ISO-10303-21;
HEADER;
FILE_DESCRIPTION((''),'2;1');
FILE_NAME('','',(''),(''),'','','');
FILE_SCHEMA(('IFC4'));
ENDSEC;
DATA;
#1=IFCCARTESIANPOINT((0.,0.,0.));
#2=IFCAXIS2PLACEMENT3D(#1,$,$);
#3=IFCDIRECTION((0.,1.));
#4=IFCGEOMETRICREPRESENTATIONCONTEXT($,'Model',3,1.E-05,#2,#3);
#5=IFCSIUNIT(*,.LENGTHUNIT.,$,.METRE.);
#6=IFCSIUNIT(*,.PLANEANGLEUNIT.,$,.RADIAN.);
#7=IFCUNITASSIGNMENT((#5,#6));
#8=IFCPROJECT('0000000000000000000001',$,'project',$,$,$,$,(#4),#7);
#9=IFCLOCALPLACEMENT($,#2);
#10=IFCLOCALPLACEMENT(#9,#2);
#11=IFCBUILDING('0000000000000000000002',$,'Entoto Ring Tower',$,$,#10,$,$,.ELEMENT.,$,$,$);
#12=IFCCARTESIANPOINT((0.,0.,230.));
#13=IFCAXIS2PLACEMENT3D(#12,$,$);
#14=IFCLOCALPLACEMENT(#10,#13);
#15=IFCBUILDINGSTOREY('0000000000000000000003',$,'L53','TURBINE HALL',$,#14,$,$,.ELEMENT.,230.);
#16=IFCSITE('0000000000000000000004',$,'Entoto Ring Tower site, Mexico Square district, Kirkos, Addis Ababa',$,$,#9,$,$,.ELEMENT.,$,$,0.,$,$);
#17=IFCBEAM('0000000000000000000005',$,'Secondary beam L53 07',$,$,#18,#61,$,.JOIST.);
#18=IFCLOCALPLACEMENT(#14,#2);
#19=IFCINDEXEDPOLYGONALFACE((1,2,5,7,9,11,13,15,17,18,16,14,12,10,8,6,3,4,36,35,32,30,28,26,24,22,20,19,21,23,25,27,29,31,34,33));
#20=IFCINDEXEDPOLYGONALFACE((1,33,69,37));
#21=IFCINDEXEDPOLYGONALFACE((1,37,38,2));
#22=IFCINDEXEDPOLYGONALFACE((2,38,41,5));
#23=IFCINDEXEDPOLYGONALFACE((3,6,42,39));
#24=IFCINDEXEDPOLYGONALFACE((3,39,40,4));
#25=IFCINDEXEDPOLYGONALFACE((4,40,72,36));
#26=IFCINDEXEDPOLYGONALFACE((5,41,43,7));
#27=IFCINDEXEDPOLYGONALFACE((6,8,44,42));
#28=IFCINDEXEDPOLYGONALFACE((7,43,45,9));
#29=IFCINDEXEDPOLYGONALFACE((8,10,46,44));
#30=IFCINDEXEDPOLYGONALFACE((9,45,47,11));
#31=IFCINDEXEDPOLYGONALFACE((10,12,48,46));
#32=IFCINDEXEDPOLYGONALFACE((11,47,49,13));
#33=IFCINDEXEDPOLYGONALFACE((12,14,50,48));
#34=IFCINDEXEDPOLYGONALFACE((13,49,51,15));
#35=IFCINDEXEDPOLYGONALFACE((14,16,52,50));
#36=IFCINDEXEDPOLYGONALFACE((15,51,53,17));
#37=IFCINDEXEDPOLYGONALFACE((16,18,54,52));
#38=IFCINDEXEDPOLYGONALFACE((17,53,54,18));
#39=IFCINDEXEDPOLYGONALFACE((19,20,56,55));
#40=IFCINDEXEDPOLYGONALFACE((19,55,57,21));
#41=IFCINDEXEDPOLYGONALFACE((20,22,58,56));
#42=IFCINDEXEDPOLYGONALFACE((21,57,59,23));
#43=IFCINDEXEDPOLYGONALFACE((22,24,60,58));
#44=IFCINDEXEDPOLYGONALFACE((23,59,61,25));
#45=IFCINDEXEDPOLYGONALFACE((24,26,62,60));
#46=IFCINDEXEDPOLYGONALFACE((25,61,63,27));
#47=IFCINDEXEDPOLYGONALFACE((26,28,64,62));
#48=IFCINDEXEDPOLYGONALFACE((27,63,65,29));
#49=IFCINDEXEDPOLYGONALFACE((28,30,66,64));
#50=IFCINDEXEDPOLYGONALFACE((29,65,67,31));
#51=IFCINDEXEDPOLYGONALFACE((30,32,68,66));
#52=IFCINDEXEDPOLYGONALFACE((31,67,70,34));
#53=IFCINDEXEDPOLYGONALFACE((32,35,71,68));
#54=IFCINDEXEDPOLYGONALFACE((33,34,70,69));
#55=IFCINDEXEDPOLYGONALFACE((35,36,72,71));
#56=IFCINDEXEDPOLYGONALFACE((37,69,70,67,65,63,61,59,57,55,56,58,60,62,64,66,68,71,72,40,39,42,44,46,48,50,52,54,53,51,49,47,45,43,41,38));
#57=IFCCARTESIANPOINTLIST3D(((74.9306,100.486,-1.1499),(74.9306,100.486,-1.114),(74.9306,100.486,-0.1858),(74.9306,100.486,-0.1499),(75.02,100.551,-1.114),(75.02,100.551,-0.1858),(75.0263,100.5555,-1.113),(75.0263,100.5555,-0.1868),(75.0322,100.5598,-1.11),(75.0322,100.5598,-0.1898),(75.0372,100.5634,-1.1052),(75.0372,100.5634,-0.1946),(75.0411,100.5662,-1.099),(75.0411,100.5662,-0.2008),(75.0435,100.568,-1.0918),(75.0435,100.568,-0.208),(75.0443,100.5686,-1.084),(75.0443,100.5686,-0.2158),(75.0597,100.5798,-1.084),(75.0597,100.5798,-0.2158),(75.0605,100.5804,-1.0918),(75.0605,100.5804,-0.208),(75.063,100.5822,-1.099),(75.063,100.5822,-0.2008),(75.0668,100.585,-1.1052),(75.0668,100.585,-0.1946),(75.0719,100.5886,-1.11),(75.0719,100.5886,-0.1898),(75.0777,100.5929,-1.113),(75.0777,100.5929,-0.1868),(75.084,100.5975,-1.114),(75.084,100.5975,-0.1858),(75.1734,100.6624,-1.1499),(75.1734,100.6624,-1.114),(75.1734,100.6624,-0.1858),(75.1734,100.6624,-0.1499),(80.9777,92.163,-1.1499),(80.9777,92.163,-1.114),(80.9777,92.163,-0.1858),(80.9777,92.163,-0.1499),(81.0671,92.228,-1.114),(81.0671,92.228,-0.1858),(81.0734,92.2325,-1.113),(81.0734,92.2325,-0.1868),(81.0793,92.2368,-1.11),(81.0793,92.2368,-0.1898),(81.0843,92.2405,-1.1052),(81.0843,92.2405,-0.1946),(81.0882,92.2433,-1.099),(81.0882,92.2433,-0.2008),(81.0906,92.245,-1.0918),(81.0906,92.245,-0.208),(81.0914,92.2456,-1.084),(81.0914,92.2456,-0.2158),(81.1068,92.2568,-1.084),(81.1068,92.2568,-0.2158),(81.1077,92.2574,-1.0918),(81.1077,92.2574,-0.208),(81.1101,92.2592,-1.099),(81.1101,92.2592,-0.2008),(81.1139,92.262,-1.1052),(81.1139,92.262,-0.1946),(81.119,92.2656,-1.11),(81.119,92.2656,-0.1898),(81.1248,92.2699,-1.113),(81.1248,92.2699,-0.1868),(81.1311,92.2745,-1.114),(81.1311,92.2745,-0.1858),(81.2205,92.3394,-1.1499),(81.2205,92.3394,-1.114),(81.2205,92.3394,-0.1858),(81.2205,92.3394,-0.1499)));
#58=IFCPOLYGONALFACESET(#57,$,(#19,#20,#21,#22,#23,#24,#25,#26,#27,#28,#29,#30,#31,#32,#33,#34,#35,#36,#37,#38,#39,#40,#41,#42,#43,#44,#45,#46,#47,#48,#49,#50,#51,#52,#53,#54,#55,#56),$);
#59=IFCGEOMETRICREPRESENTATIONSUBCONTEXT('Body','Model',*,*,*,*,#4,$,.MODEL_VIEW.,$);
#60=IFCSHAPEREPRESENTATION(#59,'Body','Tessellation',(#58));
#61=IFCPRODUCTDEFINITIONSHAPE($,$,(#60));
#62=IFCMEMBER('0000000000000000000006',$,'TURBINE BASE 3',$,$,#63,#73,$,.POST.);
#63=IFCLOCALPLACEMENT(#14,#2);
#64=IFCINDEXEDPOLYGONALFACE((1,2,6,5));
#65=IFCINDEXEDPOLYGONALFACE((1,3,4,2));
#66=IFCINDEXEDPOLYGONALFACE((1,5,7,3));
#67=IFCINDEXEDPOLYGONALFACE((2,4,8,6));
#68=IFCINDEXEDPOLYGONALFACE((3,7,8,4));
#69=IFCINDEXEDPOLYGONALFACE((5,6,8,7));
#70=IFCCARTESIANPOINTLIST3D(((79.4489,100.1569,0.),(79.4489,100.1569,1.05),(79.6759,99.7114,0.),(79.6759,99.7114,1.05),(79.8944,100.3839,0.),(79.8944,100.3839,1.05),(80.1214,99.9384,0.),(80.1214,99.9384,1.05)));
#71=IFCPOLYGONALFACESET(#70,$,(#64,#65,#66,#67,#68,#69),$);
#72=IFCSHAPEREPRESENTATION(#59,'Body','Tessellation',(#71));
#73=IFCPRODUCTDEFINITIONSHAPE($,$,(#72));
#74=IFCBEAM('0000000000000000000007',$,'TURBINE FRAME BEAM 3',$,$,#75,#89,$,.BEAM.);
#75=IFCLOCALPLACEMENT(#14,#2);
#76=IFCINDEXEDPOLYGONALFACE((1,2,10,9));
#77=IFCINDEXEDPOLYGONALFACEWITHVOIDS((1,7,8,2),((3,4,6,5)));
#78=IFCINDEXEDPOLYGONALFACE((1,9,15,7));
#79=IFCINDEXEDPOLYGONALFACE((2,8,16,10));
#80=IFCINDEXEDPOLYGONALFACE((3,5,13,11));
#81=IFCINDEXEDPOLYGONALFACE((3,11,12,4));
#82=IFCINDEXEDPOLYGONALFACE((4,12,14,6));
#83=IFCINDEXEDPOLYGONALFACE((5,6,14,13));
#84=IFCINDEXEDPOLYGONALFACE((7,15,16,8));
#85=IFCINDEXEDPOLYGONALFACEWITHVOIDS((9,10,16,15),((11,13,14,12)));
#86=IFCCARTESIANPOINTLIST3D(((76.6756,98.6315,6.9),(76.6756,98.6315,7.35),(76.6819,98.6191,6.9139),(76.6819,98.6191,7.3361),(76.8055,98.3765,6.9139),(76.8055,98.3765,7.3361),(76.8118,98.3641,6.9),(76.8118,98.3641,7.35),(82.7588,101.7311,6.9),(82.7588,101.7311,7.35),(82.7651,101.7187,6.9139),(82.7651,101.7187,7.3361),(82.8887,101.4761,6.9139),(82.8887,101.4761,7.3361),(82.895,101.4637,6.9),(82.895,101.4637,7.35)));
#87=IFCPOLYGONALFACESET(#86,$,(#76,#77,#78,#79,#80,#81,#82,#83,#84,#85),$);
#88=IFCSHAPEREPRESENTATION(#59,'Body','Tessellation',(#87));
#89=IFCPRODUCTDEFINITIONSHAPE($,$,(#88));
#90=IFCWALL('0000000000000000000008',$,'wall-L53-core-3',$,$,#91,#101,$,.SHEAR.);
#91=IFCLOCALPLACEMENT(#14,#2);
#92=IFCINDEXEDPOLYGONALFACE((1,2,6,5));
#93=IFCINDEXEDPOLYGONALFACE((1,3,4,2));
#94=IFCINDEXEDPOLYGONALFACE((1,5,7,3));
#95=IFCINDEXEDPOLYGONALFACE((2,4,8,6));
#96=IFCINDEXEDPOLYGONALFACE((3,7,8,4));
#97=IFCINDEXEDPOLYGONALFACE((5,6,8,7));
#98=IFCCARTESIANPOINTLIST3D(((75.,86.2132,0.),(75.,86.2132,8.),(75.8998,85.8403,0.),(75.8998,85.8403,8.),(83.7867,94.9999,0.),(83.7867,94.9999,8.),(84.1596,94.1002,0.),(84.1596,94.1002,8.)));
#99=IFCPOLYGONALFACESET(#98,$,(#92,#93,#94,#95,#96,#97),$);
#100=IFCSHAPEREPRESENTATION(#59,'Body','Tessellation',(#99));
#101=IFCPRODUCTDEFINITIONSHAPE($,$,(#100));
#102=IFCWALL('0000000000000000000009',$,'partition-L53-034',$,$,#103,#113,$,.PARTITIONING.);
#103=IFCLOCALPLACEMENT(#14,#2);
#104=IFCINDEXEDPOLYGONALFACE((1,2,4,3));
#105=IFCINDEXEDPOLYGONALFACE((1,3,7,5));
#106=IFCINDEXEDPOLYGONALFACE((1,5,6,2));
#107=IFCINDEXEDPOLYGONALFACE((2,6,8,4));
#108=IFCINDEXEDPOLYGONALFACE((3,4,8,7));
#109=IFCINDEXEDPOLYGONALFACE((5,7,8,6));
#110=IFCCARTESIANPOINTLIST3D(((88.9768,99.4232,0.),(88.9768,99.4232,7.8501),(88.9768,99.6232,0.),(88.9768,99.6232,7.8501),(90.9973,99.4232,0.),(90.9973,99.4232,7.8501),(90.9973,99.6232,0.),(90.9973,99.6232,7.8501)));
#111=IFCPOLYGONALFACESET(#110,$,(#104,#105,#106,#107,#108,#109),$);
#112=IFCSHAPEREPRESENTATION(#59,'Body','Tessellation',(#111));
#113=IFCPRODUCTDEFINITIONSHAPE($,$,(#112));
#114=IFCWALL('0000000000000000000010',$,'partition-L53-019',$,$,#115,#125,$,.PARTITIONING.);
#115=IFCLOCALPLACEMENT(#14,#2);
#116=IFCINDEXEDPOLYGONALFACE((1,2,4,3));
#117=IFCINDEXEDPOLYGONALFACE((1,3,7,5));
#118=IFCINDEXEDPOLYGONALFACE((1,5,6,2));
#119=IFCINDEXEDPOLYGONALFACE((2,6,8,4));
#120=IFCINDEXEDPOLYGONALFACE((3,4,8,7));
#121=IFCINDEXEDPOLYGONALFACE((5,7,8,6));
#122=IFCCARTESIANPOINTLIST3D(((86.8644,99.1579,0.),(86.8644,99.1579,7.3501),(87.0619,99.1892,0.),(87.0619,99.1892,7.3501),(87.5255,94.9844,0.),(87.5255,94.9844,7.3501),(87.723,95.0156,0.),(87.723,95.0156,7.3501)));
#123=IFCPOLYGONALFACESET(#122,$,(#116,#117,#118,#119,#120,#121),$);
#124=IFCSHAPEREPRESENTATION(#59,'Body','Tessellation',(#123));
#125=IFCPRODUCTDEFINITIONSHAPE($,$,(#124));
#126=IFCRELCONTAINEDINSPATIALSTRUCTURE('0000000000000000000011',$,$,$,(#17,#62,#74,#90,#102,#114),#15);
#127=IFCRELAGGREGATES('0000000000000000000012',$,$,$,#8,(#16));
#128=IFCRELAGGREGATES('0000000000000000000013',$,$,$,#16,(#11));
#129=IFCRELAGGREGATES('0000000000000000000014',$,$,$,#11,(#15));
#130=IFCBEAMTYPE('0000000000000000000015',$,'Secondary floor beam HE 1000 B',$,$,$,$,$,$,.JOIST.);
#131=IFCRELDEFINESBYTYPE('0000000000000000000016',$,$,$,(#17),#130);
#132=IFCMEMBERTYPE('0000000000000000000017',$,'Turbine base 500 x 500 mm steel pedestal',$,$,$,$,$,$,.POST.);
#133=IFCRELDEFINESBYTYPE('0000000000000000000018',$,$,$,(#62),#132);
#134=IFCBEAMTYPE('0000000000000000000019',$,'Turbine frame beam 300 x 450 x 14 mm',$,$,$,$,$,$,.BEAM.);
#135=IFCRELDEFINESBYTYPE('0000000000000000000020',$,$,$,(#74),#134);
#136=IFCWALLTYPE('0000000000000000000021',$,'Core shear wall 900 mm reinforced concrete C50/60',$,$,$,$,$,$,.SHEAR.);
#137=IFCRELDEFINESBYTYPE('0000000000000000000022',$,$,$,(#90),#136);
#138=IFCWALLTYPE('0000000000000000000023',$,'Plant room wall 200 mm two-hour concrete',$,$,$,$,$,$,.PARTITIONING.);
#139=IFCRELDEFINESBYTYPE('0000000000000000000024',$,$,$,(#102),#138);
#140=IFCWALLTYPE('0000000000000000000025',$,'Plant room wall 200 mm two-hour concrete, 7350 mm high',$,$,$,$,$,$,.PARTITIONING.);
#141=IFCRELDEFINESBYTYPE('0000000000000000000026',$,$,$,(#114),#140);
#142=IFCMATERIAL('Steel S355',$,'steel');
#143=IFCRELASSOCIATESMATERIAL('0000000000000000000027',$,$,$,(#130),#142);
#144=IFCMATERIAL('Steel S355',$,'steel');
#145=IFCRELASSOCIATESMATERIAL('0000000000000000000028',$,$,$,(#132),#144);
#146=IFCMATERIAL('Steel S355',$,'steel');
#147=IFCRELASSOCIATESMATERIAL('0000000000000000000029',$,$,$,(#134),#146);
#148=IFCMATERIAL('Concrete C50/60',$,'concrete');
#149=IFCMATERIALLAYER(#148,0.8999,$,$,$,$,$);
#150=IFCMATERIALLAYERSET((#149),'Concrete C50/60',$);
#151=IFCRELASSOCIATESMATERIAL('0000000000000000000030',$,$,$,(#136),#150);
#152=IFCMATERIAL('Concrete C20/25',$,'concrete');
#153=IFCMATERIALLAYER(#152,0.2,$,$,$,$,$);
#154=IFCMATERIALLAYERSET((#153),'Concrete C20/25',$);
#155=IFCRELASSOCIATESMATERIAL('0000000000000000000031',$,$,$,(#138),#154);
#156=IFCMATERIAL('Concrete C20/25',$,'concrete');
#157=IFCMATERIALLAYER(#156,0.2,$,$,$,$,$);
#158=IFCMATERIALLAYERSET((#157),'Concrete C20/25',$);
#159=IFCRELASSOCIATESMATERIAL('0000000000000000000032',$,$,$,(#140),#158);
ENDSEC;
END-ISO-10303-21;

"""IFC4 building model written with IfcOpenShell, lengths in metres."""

from ifc_helpers import new_model, si_unit, direction, frame, frame_2d, origin, origin_2d, place, context, subcontext, project, spatial, polyline, rectangle, hollow_rectangle, i_section, outline, extrude, material, layer, layer_set, material_profile, profile_set, type_object, element, save


model = new_model("IFC4")

# Units and contexts
model_context = context("Model", 3, precision=1e-05, world=origin(), true_north=direction((0.0, 1.0)))
body_context = subcontext(model_context, "Body", "Model", "MODEL_VIEW")
ifc_project = project(units=[si_unit("LENGTHUNIT", "METRE"), si_unit("PLANEANGLEUNIT", "RADIAN")], contexts=[model_context])

# Site, building, storey
site_placement = place(None, origin())
site = spatial("IfcSite", under=ifc_project, at=site_placement, Name="Entoto Ring Tower site, Mexico Square district, Kirkos, Addis Ababa", CompositionType="ELEMENT", RefElevation=0.0)
building_placement = place(site_placement, origin())
building = spatial("IfcBuilding", under=site, at=building_placement, Name="Entoto Ring Tower", CompositionType="ELEMENT")
storey_placement = place(building_placement, frame((0.0, 0.0, 230.0)))
storey = spatial("IfcBuildingStorey", under=building, at=storey_placement, Name="L53", Description="TURBINE HALL", CompositionType="ELEMENT", Elevation=230.0)

# Beam
ifc_material_1 = material(Name="Steel S355", Category="steel")
ifc_material_profile_1 = material_profile(ifc_material_1, i_section(OverallWidth=0.3, OverallDepth=1.0, WebThickness=0.019, FlangeThickness=0.0359, FilletRadius=0.03, at=origin_2d()), Name="HE 1000 B")
ifc_profile_set_1 = profile_set([ifc_material_profile_1], Name="Steel S355")
beam_type_1 = type_object("IfcBeamType", Name="Secondary floor beam HE 1000 B", PredefinedType="JOIST", material=ifc_profile_set_1)
beam_1_placement = place(storey_placement, frame((81.0991, 92.2512, -0.6499), z_axis=(-0.587792, 0.809012, 0.0), x_axis=(-0.809012, -0.587792, 0.0)))
element("IfcBeam", 1, at=beam_1_placement, inside=storey, type_object=beam_type_1, Name="Secondary beam L53 07", PredefinedType="JOIST", context=body_context, shape_type="SweptSolid", body=[
    extrude(i_section(OverallWidth=0.3, OverallDepth=1.0, WebThickness=0.019, FlangeThickness=0.0359, FilletRadius=0.03, at=origin_2d()), origin(), (0.0, 0.0, 1.0), 10.2878),
])

# Member
ifc_material_2 = material(Name="Steel S355", Category="steel")
ifc_material_profile_2 = material_profile(ifc_material_2, rectangle(XDim=0.5, YDim=0.5, at=origin_2d()), Name="Turbine base 500 x 500 mm steel pedestal")
ifc_profile_set_2 = profile_set([ifc_material_profile_2], Name="Steel S355")
member_type_1 = type_object("IfcMemberType", Name="Turbine base 500 x 500 mm steel pedestal", PredefinedType="POST", material=ifc_profile_set_2)
member_1_placement = place(storey_placement, frame((79.7852, 100.0476, 0.0), z_axis=(0.0, 0.0, 1.0), x_axis=(-0.891007, -0.45399, 0.0)))
element("IfcMember", 2, at=member_1_placement, inside=storey, type_object=member_type_1, Name="TURBINE BASE 3", PredefinedType="POST", context=body_context, shape_type="SweptSolid", body=[
    extrude(rectangle(XDim=0.5, YDim=0.5, at=origin_2d()), origin(), (0.0, 0.0, 1.0), 1.05),
])

# Beam
ifc_material_3 = material(Name="Steel S355", Category="steel")
ifc_material_profile_3 = material_profile(ifc_material_3, hollow_rectangle(XDim=0.3, YDim=0.45, WallThickness=0.0139, at=origin_2d()), Name="Turbine frame beam 300 x 450 x 14 mm")
ifc_profile_set_3 = profile_set([ifc_material_profile_3], Name="Steel S355")
beam_type_2 = type_object("IfcBeamType", Name="Turbine frame beam 300 x 450 x 14 mm", PredefinedType="BEAM", material=ifc_profile_set_3)
beam_2_placement = place(storey_placement, frame((82.8269, 101.5974, 7.125), z_axis=(-0.891004, -0.453995, 0.0), x_axis=(0.453995, -0.891004, 0.0)))
element("IfcBeam", 3, at=beam_2_placement, inside=storey, type_object=beam_type_2, Name="TURBINE FRAME BEAM 3", PredefinedType="BEAM", context=body_context, shape_type="SweptSolid", body=[
    extrude(hollow_rectangle(XDim=0.3, YDim=0.45, WallThickness=0.0139, at=origin_2d()), origin(), (0.0, 0.0, 1.0), 6.8274),
])

# Walls
ifc_material_4 = material(Name="Concrete C50/60", Category="concrete")
ifc_layer_1 = layer(ifc_material_4, 0.8999)
ifc_layer_set_1 = layer_set([ifc_layer_1], Name="Concrete C50/60")
wall_type_1 = type_object("IfcWallType", Name="Core shear wall 900 mm reinforced concrete C50/60", PredefinedType="SHEAR", material=ifc_layer_set_1)
wall_1_placement = place(storey_placement, frame((83.9731, 94.55, 0.0), z_axis=(0.0, 0.0, 1.0), x_axis=(-0.707107, -0.707107, 0.0)))
element("IfcWall", 4, at=wall_1_placement, inside=storey, type_object=wall_type_1, Name="wall-L53-core-3", PredefinedType="SHEAR", context=body_context, shape_type="SweptSolid", body=[
    extrude(outline(polyline([(-0.1863, -0.45), (12.24, -0.45), (11.8674, 0.45), (0.1863, 0.45), (-0.1863, -0.45)])), origin(), (0.0, 0.0, 1.0), 8.0),
])
ifc_material_5 = material(Name="Concrete C20/25", Category="concrete")
ifc_layer_2 = layer(ifc_material_5, 0.2)
ifc_layer_set_2 = layer_set([ifc_layer_2], Name="Concrete C20/25")
wall_type_2 = type_object("IfcWallType", Name="Plant room wall 200 mm two-hour concrete", PredefinedType="PARTITIONING", material=ifc_layer_set_2)
wall_2_placement = place(storey_placement, frame((88.9768, 99.5232, 0.0), z_axis=(0.0, 0.0, 1.0), x_axis=(1.0, 0.0, 0.0)))
element("IfcWall", 5, at=wall_2_placement, inside=storey, type_object=wall_type_2, Name="partition-L53-034", PredefinedType="PARTITIONING", context=body_context, shape_type="SweptSolid", body=[
    extrude(rectangle(XDim=2.0205, YDim=0.2, at=frame_2d((1.0103, 0.0))), origin(), (0.0, 0.0, 1.0), 7.8501),
])
ifc_material_6 = material(Name="Concrete C20/25", Category="concrete")
ifc_layer_3 = layer(ifc_material_6, 0.2)
ifc_layer_set_3 = layer_set([ifc_layer_3], Name="Concrete C20/25")
wall_type_3 = type_object("IfcWallType", Name="Plant room wall 200 mm two-hour concrete, 7350 mm high", PredefinedType="PARTITIONING", material=ifc_layer_set_3)
wall_3_placement = place(storey_placement, frame((87.6243, 95.0, 0.0), z_axis=(0.0, 0.0, 1.0), x_axis=(-0.156458, 0.987685, 0.0)))
element("IfcWall", 6, at=wall_3_placement, inside=storey, type_object=wall_type_3, Name="partition-L53-019", PredefinedType="PARTITIONING", context=body_context, shape_type="SweptSolid", body=[
    extrude(rectangle(XDim=4.2256, YDim=0.2, at=frame_2d((2.1128, 0.0))), origin(), (0.0, 0.0, 1.0), 7.3501),
])

save(model, "model.ifc")
